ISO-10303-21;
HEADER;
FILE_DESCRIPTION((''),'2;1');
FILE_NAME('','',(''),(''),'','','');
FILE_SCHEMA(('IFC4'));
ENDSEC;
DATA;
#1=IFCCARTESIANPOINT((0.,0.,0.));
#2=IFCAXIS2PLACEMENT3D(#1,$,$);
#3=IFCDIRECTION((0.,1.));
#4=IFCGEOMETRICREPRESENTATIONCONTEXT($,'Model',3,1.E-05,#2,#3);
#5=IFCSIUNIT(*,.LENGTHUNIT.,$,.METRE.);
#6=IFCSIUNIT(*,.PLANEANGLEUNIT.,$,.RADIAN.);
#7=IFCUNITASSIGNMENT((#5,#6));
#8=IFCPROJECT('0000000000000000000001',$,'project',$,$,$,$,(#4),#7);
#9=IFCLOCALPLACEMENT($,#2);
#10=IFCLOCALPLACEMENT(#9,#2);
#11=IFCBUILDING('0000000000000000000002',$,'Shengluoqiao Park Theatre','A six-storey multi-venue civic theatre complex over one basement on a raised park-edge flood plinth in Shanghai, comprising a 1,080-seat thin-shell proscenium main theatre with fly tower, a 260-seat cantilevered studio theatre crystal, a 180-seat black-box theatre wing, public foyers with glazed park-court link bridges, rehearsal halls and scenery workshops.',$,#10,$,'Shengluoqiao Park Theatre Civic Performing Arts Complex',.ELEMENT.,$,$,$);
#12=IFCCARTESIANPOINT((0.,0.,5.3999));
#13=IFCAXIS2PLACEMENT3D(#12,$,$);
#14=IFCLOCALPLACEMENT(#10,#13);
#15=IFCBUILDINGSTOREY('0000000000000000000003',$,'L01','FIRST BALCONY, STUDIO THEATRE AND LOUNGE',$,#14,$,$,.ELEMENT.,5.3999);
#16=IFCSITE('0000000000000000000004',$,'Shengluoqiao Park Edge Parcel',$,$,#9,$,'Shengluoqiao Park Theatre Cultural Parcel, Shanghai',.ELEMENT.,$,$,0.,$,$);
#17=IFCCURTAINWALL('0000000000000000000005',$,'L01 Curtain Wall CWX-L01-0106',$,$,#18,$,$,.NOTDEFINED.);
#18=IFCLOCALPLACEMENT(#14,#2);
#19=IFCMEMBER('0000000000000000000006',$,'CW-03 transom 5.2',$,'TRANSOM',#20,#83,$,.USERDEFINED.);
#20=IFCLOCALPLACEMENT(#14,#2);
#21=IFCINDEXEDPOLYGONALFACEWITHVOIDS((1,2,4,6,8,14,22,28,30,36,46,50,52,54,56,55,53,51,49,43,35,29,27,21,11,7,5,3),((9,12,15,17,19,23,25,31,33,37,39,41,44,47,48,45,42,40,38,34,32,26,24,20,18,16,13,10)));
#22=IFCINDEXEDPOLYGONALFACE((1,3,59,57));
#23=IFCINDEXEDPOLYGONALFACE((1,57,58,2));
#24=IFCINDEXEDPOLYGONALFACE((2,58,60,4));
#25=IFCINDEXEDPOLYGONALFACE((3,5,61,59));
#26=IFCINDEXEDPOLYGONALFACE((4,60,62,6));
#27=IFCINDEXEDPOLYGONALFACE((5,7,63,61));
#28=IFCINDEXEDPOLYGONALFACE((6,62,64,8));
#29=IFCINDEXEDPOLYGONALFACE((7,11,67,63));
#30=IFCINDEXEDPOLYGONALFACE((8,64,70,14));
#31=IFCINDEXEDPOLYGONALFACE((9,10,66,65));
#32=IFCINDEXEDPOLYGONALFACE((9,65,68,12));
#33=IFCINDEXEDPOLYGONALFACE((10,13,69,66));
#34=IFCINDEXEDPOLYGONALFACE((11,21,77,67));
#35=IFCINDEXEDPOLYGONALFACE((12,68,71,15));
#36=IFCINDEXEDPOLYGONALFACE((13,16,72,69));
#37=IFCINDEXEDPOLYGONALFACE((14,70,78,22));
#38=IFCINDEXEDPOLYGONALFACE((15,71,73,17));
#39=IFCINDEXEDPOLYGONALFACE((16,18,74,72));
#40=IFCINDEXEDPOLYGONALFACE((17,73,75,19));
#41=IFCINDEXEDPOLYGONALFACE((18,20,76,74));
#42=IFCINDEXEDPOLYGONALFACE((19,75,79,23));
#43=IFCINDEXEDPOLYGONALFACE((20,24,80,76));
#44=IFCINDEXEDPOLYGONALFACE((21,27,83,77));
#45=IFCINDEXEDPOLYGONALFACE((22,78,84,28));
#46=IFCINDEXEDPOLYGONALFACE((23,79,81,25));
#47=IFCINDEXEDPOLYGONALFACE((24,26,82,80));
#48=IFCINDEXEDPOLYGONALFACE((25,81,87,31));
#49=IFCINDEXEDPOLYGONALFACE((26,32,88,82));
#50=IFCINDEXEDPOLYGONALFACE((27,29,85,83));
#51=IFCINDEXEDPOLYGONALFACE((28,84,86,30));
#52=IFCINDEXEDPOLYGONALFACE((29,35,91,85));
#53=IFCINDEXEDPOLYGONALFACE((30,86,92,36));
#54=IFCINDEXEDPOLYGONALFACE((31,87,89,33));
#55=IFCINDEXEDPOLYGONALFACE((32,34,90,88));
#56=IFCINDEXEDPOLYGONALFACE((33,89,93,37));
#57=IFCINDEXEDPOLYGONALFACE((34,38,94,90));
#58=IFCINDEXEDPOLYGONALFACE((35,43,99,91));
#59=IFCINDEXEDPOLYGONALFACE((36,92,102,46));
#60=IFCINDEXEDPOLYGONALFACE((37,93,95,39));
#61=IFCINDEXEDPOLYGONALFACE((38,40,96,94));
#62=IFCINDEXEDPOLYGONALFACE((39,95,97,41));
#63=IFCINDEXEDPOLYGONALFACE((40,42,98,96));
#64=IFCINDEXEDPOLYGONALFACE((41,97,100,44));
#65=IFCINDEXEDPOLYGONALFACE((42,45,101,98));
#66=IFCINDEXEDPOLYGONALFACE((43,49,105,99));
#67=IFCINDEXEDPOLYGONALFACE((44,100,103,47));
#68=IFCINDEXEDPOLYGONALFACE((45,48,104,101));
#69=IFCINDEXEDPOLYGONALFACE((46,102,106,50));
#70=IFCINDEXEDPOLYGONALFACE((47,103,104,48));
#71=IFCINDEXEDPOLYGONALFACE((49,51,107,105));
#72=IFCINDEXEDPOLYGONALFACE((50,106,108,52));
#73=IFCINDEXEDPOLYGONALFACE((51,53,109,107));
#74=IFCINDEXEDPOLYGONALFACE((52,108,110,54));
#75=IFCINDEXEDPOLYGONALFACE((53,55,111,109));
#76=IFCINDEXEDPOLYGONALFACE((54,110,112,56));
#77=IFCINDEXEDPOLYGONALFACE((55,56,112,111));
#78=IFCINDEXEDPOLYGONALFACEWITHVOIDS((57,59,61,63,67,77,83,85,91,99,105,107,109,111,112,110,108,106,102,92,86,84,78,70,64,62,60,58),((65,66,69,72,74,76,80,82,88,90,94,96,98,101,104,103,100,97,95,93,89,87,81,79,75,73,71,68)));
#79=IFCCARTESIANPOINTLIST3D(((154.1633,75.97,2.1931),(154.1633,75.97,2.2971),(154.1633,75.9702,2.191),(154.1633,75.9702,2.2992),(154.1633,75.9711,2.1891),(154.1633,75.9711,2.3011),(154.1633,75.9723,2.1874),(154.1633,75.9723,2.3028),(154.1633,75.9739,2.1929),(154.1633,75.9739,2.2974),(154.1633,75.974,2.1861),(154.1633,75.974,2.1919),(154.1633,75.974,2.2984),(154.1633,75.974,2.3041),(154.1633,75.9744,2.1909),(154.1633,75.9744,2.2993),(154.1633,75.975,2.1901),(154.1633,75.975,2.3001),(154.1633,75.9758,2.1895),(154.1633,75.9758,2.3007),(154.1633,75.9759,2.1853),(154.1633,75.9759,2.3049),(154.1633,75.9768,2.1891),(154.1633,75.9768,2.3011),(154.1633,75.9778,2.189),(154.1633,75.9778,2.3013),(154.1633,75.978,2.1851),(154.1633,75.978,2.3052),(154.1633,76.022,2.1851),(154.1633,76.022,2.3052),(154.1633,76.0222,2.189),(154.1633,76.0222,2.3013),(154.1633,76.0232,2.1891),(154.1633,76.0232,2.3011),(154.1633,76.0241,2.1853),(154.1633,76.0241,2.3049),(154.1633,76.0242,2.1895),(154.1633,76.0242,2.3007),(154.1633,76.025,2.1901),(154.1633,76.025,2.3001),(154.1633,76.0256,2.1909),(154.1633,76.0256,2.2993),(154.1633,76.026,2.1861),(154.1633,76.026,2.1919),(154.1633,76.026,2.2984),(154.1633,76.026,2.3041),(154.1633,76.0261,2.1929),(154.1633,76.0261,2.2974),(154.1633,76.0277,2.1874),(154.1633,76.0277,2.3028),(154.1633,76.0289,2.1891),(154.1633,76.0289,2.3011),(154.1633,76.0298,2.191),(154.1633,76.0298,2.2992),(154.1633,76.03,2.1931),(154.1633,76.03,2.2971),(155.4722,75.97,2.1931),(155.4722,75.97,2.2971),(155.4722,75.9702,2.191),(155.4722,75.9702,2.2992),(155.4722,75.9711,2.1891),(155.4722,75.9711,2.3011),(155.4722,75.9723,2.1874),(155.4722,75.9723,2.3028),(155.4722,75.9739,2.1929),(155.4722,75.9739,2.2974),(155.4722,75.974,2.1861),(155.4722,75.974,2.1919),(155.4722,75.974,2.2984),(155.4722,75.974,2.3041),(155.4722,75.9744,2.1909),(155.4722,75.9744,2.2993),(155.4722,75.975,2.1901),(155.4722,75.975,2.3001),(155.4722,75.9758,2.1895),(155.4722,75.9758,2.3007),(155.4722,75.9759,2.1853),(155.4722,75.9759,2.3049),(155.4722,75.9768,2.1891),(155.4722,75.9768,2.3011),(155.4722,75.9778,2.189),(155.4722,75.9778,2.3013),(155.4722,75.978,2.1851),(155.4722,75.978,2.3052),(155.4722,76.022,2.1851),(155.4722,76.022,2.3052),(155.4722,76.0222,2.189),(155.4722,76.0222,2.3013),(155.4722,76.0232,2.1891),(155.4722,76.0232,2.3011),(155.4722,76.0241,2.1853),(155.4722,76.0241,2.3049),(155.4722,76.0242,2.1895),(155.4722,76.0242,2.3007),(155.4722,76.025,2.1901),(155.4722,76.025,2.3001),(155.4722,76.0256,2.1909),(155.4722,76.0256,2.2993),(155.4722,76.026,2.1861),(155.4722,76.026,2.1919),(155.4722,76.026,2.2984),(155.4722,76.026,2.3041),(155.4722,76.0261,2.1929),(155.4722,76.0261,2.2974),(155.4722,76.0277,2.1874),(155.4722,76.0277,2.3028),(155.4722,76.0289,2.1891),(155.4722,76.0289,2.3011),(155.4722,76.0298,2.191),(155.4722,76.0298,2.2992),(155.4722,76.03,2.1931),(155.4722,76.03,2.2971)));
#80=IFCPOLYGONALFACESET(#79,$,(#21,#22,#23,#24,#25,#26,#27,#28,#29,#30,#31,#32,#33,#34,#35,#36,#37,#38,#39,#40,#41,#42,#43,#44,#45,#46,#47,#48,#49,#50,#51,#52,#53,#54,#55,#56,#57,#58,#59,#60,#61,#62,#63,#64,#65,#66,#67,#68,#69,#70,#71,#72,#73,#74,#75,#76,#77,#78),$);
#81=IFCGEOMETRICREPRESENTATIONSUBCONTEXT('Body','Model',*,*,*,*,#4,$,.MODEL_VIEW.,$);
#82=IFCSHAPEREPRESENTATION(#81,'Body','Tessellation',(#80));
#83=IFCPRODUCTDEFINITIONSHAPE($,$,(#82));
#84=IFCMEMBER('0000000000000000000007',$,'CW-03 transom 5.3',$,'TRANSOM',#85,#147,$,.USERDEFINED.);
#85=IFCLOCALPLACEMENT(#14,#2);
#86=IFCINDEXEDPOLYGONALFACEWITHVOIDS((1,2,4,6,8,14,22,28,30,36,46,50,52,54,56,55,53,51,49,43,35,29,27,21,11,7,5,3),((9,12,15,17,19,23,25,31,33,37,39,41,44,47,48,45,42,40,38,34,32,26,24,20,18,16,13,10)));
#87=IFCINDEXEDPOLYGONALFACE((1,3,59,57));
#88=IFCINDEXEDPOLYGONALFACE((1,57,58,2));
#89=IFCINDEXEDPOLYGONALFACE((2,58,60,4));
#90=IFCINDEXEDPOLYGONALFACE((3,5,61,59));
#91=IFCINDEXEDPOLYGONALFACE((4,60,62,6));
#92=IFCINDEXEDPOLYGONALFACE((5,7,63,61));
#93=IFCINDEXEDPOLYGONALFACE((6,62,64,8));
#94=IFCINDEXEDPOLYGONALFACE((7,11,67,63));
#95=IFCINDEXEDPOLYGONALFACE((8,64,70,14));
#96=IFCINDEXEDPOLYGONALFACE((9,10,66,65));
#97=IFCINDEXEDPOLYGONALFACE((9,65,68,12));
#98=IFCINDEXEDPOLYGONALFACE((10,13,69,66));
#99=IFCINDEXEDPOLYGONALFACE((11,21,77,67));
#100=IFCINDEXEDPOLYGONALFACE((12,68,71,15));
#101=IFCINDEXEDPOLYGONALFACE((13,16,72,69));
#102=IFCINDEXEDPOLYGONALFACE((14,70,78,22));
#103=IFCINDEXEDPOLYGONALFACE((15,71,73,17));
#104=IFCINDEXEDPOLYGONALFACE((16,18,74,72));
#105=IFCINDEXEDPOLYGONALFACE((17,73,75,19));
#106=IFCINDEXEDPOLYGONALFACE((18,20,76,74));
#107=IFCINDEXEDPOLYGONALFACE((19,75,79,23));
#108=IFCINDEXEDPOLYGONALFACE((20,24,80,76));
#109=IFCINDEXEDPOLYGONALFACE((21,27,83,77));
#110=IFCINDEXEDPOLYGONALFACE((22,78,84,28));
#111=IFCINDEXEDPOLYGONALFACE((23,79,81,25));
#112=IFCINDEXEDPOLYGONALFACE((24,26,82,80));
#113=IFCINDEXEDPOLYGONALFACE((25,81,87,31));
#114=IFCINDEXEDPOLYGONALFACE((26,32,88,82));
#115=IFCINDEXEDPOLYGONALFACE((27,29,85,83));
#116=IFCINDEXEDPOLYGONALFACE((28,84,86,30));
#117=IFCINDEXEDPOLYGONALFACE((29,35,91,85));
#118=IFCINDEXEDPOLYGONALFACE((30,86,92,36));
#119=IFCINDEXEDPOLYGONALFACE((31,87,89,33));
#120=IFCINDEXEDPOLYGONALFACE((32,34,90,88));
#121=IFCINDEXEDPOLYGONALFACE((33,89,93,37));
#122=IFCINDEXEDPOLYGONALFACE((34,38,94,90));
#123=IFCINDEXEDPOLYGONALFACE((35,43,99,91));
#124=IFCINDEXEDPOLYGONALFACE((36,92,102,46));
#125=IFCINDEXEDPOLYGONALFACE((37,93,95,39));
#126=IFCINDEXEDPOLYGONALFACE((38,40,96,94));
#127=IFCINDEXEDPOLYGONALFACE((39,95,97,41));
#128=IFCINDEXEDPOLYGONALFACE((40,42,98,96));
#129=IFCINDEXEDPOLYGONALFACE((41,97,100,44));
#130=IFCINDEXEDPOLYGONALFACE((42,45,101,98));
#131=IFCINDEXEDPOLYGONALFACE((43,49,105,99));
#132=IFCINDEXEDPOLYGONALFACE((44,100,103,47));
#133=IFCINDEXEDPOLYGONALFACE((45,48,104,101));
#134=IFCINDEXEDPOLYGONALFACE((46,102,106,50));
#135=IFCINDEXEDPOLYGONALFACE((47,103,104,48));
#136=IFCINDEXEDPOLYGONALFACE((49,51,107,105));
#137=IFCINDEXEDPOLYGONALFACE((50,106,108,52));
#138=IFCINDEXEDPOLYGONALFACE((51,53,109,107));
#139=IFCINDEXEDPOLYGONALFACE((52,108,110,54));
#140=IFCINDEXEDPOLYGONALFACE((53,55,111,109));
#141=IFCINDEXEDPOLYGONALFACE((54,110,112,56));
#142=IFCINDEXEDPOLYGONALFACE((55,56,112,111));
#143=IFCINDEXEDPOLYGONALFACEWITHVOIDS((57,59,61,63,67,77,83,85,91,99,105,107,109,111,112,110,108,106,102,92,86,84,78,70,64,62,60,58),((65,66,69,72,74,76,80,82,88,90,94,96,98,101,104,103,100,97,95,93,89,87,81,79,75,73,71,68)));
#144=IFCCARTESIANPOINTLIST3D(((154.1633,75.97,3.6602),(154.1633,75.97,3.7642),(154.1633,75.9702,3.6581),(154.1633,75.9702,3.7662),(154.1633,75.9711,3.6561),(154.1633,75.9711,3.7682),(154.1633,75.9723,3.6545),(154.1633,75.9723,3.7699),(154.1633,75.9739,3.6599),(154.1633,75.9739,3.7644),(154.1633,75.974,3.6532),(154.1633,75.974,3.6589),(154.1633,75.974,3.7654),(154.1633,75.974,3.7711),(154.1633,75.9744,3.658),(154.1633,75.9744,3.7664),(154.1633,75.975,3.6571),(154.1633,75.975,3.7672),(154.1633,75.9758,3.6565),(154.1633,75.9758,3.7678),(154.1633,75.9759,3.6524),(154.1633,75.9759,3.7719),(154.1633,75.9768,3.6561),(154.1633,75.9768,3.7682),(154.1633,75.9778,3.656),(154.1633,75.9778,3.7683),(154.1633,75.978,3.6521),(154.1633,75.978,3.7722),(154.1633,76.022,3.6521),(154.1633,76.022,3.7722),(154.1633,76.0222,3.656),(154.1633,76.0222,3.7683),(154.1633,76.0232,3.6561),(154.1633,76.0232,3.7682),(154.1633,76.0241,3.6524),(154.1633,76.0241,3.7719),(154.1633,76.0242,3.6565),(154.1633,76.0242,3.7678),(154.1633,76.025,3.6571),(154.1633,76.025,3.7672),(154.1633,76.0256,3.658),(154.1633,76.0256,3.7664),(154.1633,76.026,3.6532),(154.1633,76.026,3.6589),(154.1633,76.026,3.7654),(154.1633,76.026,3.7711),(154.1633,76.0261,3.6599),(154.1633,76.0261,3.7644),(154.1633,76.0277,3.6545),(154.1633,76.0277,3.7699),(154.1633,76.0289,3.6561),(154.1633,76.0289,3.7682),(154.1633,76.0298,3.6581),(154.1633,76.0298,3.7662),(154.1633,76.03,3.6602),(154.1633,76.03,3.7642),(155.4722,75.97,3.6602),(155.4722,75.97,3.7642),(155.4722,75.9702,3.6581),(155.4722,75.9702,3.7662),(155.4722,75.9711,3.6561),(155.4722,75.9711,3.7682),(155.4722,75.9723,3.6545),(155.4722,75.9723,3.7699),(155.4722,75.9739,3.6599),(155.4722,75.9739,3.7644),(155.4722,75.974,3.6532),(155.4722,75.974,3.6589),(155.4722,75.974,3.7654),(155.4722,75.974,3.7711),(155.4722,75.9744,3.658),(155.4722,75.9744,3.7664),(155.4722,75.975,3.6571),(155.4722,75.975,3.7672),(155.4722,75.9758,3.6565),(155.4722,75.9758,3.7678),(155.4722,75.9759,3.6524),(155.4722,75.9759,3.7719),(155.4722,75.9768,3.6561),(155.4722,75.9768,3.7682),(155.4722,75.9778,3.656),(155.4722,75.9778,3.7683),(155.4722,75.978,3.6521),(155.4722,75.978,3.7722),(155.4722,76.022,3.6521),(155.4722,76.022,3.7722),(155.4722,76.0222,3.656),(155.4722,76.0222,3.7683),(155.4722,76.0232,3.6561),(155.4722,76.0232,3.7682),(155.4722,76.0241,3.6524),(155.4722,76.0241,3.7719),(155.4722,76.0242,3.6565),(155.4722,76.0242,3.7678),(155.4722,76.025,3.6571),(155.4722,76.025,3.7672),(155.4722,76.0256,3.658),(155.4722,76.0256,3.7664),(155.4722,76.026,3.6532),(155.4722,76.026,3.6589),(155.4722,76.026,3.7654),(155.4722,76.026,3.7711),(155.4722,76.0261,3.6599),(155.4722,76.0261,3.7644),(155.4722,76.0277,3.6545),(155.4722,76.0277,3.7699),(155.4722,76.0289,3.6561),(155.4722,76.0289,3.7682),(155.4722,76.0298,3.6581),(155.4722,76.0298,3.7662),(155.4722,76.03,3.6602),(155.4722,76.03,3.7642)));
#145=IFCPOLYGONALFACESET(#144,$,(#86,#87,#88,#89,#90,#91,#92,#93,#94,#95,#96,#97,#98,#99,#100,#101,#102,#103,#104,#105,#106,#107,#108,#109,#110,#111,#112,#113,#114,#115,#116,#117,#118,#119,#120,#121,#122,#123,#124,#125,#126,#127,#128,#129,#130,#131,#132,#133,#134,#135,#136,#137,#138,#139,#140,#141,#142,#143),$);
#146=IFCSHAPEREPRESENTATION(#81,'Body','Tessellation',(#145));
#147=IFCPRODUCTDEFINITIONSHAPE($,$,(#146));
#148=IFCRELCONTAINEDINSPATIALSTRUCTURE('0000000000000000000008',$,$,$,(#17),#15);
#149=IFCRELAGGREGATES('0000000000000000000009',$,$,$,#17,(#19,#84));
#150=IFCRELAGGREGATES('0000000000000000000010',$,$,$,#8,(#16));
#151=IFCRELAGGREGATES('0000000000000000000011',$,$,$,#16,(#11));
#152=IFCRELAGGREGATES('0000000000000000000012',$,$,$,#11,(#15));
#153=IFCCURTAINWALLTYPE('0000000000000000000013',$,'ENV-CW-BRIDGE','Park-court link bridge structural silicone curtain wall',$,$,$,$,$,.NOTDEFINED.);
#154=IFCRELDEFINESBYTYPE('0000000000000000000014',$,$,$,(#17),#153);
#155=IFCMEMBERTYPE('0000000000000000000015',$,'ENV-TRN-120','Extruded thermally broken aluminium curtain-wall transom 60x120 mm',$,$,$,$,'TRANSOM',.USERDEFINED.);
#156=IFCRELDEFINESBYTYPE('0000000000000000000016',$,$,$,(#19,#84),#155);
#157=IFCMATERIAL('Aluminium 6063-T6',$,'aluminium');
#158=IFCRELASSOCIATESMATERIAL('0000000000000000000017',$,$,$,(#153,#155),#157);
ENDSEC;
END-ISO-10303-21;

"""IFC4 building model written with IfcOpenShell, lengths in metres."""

from ifc_helpers import new_model, si_unit, direction, frame, origin, origin_2d, place, context, subcontext, project, spatial, hollow_rectangle, extrude, material, material_profile, profile_set, type_object, element, aggregate, save


model = new_model("IFC4")

# Units and contexts
model_context = context("Model", 3, precision=1e-05, world=origin(), true_north=direction((0.0, 1.0)))
body_context = subcontext(model_context, "Body", "Model", "MODEL_VIEW")
ifc_project = project(units=[si_unit("LENGTHUNIT", "METRE"), si_unit("PLANEANGLEUNIT", "RADIAN")], contexts=[model_context])

# Site, building, storey
site_placement = place(None, origin())
site = spatial("IfcSite", under=ifc_project, at=site_placement, Name="Shengluoqiao Park Edge Parcel", LongName="Shengluoqiao Park Theatre Cultural Parcel, Shanghai", CompositionType="ELEMENT", RefElevation=0.0)
building_placement = place(site_placement, origin())
building = spatial("IfcBuilding", under=site, at=building_placement, Name="Shengluoqiao Park Theatre", Description="A six-storey multi-venue civic theatre complex over one basement on a raised park-edge flood plinth in Shanghai, comprising a 1,080-seat thin-shell proscenium main theatre with fly tower, a 260-seat cantilevered studio theatre crystal, a 180-seat black-box theatre wing, public foyers with glazed park-court link bridges, rehearsal halls and scenery workshops.", LongName="Shengluoqiao Park Theatre Civic Performing Arts Complex", CompositionType="ELEMENT")
storey_placement = place(building_placement, frame((0.0, 0.0, 5.3999)))
storey = spatial("IfcBuildingStorey", under=building, at=storey_placement, Name="L01", Description="FIRST BALCONY, STUDIO THEATRE AND LOUNGE", CompositionType="ELEMENT", Elevation=5.3999)

# Curtain wall
ifc_material_1 = material(Name="Aluminium 6063-T6", Category="aluminium")
curtain_wall_type_1 = type_object("IfcCurtainWallType", Name="ENV-CW-BRIDGE", Description="Park-court link bridge structural silicone curtain wall", PredefinedType="NOTDEFINED", material=ifc_material_1)
curtain_wall_1_placement = place(storey_placement, origin())
curtain_wall_1 = element("IfcCurtainWall", 1, at=curtain_wall_1_placement, inside=storey, type_object=curtain_wall_type_1, Name="L01 Curtain Wall CWX-L01-0106", PredefinedType="NOTDEFINED")

# Members
ifc_material_profile_1 = material_profile(ifc_material_1, hollow_rectangle(XDim=0.0601, YDim=0.1201, WallThickness=0.0039, InnerFilletRadius=0.0039, OuterFilletRadius=0.0081, at=origin_2d()), Name="ALU TRANSOM 120x60x4")
ifc_profile_set_1 = profile_set([ifc_material_profile_1], Name="Aluminium 6063-T6")
member_type_1 = type_object("IfcMemberType", Name="ENV-TRN-120", Description="Extruded thermally broken aluminium curtain-wall transom 60x120 mm", ElementType="TRANSOM", PredefinedType="USERDEFINED", material=ifc_profile_set_1)
member_1_placement = place(storey_placement, frame((154.1633, 76.0, 2.2451), z_axis=(1.0, 0.0, 0.0), x_axis=(0.0, 1.0, 0.0)))
member_1 = element("IfcMember", 2, at=member_1_placement, type_object=member_type_1, Name="CW-03 transom 5.2", ObjectType="TRANSOM", PredefinedType="USERDEFINED", context=body_context, shape_type="SweptSolid", body=[
    extrude(hollow_rectangle(XDim=0.0601, YDim=0.1201, WallThickness=0.0039, InnerFilletRadius=0.0039, OuterFilletRadius=0.0081, at=origin_2d()), origin(), (0.0, 0.0, 1.0), 1.3088),
])
member_2_placement = place(storey_placement, frame((154.1633, 76.0, 3.7122), z_axis=(1.0, 0.0, 0.0), x_axis=(0.0, 1.0, 0.0)))
member_2 = element("IfcMember", 3, at=member_2_placement, type_object=member_type_1, Name="CW-03 transom 5.3", ObjectType="TRANSOM", PredefinedType="USERDEFINED", context=body_context, shape_type="SweptSolid", body=[
    extrude(hollow_rectangle(XDim=0.0601, YDim=0.1201, WallThickness=0.0039, InnerFilletRadius=0.0039, OuterFilletRadius=0.0081, at=origin_2d()), origin(), (0.0, 0.0, 1.0), 1.3088),
])

aggregate(curtain_wall_1, [member_1, member_2])

save(model, "model.ifc")
